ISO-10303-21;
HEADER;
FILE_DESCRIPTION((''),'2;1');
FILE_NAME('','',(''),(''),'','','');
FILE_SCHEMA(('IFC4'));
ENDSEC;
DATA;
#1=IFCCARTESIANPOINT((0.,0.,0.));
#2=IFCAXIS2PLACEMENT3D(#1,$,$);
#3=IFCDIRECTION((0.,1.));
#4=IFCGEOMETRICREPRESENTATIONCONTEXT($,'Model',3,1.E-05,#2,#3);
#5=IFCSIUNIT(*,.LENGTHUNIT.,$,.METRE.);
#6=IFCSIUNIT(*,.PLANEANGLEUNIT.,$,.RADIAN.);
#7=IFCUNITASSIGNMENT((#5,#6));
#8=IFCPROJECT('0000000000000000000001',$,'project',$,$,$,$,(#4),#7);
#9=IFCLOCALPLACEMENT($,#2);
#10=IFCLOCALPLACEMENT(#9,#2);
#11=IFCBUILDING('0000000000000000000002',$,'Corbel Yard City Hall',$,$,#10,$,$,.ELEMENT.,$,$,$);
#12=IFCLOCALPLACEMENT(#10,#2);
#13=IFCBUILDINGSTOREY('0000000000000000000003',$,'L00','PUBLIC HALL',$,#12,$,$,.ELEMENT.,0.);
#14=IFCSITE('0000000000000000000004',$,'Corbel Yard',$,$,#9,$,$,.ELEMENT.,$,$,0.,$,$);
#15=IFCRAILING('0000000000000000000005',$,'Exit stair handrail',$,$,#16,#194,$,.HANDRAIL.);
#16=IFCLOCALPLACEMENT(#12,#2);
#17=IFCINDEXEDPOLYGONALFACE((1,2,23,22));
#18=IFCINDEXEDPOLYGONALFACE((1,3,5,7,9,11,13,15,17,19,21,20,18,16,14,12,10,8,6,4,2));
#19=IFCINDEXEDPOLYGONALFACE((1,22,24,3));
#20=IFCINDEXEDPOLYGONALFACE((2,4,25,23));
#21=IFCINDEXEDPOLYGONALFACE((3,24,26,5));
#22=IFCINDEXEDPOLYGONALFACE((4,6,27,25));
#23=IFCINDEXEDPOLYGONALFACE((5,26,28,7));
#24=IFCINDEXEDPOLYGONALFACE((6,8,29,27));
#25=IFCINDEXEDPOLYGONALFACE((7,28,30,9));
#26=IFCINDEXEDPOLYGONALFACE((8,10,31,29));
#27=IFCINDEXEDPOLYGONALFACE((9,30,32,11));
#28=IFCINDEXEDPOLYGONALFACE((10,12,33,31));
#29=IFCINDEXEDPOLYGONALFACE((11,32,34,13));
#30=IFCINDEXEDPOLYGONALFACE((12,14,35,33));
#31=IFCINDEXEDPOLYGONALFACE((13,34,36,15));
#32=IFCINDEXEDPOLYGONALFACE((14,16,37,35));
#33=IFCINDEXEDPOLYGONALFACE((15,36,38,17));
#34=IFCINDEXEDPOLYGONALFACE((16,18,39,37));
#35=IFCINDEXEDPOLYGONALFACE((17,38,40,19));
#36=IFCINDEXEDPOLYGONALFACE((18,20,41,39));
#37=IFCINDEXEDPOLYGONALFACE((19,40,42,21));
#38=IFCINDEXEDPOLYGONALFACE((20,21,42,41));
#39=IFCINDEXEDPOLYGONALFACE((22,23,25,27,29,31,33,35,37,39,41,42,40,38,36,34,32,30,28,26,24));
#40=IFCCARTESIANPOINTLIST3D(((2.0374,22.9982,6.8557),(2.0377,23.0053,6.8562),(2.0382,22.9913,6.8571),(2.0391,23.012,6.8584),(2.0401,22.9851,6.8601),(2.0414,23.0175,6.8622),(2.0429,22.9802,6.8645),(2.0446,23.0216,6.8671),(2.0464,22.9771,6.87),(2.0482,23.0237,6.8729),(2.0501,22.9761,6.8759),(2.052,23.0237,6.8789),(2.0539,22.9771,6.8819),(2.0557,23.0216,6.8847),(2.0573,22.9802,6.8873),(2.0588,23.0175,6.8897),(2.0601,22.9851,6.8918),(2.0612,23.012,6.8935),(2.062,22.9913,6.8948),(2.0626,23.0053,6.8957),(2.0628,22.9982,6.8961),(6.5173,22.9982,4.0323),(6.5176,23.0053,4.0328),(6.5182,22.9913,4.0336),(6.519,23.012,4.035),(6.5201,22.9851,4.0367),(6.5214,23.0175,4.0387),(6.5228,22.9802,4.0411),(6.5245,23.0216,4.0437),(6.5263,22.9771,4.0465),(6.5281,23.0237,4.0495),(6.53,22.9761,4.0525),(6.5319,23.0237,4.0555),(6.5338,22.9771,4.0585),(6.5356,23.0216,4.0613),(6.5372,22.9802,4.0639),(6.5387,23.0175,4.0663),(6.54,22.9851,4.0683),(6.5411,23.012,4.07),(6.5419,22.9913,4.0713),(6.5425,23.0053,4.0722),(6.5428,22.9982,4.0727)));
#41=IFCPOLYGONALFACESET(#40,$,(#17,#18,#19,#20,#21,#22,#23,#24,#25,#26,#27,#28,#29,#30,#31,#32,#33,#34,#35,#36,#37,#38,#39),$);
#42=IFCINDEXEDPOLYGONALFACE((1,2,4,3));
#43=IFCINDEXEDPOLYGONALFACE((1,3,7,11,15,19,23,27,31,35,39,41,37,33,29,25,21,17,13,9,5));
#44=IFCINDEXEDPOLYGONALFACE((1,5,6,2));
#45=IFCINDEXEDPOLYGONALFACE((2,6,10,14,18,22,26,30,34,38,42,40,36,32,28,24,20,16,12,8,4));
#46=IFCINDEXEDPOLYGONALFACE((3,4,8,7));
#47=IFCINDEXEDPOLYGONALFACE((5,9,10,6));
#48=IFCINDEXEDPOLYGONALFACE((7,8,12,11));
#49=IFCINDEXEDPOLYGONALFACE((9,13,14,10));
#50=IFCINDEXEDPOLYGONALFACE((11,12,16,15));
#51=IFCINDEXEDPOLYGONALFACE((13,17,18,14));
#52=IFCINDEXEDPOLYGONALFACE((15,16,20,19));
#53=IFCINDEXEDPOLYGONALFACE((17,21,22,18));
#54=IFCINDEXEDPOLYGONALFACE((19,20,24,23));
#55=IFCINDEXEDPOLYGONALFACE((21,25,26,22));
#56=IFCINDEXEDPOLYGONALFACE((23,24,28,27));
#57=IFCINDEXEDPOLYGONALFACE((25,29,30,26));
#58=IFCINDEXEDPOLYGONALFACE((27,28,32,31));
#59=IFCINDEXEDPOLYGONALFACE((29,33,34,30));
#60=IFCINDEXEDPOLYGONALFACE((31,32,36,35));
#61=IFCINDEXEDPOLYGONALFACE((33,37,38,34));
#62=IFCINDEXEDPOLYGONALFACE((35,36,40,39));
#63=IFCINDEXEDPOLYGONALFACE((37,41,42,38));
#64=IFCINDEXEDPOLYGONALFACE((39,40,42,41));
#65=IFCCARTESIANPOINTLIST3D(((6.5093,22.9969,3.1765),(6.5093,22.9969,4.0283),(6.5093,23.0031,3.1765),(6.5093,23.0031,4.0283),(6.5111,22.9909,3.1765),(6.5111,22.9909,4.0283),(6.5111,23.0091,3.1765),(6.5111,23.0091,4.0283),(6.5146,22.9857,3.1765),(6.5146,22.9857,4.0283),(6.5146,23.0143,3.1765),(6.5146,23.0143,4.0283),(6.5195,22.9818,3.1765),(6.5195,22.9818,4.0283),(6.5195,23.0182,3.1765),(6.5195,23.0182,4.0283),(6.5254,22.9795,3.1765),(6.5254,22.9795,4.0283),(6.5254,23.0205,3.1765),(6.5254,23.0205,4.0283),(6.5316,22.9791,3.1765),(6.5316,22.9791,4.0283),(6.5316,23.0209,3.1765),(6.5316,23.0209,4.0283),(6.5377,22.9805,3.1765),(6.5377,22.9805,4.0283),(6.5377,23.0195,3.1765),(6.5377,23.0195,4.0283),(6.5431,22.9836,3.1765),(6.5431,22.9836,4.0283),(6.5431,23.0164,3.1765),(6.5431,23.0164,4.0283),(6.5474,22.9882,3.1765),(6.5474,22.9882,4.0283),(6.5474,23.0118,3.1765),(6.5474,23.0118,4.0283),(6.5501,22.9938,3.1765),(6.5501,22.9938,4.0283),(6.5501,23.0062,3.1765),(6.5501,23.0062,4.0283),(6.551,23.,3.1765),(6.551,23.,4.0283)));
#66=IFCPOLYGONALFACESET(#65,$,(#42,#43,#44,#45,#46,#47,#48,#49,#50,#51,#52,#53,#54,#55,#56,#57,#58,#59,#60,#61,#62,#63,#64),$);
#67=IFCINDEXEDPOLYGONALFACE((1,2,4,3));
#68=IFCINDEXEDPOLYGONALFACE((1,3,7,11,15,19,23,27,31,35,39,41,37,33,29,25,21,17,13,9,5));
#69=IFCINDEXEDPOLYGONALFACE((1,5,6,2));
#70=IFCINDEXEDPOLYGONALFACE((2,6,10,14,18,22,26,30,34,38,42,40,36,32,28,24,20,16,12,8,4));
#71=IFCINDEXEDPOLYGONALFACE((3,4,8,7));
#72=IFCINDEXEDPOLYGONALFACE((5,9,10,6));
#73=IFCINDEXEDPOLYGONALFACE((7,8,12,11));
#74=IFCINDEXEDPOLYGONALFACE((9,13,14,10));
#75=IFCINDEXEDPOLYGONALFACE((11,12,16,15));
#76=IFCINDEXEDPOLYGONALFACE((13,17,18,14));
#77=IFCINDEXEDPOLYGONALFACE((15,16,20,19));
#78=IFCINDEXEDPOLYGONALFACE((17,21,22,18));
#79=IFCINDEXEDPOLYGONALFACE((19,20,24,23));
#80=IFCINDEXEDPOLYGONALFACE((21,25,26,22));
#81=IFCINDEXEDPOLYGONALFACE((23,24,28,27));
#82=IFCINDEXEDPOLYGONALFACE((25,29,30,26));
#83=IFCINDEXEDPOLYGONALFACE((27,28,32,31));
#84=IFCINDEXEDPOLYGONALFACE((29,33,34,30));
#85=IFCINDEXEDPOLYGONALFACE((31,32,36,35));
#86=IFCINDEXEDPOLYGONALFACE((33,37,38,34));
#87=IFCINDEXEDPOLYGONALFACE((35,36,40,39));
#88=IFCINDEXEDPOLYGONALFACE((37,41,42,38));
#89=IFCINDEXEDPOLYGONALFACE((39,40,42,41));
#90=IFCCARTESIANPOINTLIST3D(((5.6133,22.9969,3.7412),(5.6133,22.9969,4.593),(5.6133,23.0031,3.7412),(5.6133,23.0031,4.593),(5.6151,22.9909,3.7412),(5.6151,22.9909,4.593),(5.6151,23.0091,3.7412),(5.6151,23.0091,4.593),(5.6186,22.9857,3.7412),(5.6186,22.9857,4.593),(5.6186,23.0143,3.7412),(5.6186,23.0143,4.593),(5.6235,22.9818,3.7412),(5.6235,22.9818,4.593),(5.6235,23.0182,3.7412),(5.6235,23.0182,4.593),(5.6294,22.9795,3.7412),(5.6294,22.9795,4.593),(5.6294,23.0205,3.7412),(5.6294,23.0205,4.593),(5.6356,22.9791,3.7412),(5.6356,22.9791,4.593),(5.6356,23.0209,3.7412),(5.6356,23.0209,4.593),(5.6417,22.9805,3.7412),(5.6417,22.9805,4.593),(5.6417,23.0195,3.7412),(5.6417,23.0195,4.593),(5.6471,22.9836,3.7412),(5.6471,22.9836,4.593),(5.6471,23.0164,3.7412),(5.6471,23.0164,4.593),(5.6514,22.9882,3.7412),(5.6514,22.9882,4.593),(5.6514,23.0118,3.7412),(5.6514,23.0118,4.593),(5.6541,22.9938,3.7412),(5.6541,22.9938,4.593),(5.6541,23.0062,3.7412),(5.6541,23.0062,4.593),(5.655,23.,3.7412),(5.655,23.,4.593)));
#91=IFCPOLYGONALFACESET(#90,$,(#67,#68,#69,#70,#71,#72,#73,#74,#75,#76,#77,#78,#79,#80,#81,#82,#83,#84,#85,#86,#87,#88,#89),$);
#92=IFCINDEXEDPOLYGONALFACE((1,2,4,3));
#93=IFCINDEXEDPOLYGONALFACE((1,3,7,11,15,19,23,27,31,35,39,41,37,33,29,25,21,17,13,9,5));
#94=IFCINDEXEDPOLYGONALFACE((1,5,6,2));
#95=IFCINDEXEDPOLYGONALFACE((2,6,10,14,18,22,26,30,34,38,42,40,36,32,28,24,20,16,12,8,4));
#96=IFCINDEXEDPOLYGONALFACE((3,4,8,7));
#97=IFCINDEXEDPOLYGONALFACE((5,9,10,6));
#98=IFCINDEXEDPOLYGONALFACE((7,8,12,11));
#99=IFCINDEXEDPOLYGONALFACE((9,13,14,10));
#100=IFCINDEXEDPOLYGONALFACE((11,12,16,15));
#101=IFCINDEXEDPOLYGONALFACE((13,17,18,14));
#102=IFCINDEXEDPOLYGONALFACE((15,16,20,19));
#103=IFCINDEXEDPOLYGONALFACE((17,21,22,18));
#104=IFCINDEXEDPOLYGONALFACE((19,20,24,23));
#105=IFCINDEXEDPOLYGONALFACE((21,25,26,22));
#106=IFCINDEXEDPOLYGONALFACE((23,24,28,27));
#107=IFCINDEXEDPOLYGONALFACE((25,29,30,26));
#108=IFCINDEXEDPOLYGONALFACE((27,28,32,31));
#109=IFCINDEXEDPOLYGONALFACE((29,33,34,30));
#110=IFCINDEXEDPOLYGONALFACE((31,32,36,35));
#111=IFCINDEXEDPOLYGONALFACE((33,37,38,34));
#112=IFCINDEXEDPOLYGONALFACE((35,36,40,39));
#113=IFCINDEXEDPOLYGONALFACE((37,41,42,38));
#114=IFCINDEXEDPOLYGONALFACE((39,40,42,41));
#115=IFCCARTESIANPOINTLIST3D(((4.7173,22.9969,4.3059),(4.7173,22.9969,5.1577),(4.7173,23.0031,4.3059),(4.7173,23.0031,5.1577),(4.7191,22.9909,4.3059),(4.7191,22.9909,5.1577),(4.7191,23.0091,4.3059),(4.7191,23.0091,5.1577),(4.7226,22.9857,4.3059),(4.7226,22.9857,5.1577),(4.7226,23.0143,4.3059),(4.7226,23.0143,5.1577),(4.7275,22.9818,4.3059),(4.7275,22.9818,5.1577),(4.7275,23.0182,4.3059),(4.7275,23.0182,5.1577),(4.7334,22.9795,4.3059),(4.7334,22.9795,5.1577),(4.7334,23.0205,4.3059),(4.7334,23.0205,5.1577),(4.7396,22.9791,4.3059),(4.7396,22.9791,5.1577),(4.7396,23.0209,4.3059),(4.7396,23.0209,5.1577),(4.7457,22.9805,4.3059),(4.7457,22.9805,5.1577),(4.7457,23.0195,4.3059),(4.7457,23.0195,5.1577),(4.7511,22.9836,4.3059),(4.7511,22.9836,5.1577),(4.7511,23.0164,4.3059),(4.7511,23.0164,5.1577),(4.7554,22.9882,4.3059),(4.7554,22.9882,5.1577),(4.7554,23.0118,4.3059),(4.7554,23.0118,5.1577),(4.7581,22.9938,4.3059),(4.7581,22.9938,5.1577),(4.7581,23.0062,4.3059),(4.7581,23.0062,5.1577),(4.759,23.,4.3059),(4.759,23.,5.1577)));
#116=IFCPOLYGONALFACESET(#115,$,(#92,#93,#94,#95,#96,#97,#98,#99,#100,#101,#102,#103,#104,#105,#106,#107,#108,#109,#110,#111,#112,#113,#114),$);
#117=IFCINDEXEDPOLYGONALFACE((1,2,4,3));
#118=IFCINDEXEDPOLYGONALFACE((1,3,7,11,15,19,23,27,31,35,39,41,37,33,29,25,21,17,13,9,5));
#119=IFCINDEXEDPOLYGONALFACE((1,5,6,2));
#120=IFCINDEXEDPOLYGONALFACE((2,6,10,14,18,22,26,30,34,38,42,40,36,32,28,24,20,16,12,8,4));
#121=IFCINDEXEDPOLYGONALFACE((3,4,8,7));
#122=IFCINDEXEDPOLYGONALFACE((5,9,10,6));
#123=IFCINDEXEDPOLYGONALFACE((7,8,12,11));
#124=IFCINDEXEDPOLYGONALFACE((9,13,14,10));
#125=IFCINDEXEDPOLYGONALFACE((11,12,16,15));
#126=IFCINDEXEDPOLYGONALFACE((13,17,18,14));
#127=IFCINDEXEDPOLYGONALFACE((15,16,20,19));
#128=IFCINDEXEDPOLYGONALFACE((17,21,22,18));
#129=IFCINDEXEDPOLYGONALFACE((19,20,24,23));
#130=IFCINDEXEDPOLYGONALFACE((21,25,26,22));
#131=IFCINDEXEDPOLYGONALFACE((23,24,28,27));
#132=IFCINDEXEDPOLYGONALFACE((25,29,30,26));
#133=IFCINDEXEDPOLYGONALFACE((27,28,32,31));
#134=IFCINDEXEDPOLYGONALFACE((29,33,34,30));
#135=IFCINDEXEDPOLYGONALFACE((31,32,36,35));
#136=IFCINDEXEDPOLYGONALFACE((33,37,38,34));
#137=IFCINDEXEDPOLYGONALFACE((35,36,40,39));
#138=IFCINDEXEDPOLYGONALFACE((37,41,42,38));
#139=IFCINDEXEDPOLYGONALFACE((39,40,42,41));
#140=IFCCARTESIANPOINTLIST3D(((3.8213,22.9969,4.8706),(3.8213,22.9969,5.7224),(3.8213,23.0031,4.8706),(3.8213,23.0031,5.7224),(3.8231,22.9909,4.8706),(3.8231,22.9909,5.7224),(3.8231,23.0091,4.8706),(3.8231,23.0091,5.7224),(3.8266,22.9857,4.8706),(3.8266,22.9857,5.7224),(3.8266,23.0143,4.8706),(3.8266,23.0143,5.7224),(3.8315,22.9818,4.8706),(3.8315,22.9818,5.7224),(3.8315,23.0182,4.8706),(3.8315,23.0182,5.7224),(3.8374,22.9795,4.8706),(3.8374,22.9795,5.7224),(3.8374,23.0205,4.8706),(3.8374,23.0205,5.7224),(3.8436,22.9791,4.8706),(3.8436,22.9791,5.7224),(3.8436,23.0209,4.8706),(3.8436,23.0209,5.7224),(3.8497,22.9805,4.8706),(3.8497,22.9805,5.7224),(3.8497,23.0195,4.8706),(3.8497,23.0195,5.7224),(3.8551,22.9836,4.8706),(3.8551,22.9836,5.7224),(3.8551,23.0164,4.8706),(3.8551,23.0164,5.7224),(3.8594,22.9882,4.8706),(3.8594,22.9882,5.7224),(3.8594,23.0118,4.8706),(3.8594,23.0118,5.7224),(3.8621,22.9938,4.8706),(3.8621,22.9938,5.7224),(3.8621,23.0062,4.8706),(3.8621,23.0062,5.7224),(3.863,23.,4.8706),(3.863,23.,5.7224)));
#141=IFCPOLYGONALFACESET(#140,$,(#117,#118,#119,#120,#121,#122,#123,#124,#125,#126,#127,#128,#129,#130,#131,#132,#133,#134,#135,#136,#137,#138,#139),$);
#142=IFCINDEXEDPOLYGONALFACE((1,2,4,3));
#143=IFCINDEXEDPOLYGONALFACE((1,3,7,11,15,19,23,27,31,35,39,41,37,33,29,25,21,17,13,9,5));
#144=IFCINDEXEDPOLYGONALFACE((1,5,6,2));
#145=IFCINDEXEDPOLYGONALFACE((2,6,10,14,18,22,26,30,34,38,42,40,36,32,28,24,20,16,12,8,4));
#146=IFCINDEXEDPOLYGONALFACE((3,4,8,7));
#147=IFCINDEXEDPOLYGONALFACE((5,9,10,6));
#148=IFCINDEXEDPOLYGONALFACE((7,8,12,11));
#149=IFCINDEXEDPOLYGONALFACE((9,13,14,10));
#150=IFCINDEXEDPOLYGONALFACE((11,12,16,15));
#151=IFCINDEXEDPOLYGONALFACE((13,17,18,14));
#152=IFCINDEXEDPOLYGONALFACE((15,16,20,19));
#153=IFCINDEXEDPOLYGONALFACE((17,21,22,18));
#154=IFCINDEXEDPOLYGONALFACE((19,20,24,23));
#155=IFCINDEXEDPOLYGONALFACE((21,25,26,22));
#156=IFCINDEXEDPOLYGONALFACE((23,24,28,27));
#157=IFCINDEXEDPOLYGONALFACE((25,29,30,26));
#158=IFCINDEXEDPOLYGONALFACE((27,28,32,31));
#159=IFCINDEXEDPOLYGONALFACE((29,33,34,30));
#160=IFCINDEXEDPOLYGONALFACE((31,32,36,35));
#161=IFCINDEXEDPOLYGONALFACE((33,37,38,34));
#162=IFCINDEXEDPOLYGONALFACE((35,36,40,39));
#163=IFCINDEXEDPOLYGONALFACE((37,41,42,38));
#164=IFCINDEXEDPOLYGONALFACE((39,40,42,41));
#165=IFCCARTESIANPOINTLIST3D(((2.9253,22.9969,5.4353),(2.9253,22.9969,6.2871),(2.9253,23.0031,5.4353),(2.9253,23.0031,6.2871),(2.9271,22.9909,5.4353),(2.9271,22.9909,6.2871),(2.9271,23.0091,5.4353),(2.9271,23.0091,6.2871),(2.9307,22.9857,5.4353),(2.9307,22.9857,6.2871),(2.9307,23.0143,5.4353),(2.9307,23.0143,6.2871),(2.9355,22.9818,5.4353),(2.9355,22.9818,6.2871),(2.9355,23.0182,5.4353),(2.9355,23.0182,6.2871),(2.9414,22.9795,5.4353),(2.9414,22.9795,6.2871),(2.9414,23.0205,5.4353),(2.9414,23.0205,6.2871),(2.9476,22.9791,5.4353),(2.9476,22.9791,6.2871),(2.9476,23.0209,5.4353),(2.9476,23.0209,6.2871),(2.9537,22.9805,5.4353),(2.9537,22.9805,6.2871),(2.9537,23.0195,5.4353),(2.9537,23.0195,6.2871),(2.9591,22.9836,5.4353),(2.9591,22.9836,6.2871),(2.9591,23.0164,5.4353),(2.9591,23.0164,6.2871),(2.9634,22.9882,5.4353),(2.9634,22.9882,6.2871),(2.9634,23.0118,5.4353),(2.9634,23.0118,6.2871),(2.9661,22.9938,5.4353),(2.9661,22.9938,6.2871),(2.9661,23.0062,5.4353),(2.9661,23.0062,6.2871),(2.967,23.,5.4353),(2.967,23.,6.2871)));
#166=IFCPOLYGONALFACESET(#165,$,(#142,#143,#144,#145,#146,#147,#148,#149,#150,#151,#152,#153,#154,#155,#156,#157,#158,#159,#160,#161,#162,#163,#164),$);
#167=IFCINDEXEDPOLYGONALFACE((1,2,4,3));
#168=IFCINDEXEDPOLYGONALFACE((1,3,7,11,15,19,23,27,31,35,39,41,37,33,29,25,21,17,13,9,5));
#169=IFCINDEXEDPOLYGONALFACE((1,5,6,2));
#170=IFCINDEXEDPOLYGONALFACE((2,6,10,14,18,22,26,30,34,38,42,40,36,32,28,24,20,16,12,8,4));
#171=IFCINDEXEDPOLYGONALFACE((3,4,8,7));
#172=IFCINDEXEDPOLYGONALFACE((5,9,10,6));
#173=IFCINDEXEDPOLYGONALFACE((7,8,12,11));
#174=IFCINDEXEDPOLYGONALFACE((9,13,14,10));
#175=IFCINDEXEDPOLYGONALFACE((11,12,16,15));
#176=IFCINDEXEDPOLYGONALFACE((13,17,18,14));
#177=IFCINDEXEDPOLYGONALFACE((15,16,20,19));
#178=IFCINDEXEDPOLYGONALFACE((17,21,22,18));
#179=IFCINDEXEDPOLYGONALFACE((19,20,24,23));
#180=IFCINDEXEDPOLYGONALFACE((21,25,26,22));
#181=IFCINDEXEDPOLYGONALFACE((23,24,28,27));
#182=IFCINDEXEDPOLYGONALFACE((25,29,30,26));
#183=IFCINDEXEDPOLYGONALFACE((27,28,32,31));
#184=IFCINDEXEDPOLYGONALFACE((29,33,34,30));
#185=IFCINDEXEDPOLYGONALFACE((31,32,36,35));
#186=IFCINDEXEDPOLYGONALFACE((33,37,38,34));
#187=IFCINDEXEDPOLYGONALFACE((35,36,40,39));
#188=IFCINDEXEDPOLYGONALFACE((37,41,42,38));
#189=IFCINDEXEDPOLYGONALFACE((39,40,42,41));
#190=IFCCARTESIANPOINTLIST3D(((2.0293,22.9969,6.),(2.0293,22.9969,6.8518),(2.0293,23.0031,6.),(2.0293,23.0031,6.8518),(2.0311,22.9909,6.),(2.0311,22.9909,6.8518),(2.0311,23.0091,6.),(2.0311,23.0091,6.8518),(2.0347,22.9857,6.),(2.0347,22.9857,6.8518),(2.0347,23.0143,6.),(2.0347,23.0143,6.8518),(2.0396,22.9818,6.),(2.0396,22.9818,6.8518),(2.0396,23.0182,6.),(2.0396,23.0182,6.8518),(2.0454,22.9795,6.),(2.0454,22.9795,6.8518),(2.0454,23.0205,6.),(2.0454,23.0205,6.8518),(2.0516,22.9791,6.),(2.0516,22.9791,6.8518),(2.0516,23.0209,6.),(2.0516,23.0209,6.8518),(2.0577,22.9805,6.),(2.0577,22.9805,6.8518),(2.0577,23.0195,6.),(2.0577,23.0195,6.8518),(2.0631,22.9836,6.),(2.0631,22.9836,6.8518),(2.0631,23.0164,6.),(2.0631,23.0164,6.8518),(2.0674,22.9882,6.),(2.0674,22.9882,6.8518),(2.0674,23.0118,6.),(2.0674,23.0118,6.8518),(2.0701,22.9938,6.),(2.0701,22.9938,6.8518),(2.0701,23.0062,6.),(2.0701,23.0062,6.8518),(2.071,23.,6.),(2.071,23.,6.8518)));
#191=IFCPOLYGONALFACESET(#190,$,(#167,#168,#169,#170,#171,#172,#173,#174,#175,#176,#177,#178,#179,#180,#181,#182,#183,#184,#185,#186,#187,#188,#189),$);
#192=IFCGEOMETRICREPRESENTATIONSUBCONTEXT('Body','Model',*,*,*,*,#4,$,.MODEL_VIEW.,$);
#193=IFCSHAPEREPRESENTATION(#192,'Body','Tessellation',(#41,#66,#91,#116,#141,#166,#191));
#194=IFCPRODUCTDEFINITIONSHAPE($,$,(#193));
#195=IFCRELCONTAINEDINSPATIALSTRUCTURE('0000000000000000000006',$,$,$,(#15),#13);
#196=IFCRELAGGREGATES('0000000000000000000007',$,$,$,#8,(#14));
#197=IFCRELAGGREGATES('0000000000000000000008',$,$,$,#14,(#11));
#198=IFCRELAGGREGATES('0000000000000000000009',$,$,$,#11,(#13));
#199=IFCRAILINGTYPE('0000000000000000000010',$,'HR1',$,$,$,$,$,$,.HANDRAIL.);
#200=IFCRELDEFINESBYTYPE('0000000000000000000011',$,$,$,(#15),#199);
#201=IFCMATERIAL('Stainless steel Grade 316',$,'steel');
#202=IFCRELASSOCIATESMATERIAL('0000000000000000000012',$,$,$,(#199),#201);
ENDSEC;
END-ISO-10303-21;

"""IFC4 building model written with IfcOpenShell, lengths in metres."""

from ifc_helpers import new_model, si_unit, direction, frame, origin, origin_2d, place, context, subcontext, project, spatial, circle, extrude, material, type_object, element, save


model = new_model("IFC4")

# Units and contexts
model_context = context("Model", 3, precision=1e-05, world=origin(), true_north=direction((0.0, 1.0)))
body_context = subcontext(model_context, "Body", "Model", "MODEL_VIEW")
ifc_project = project(units=[si_unit("LENGTHUNIT", "METRE"), si_unit("PLANEANGLEUNIT", "RADIAN")], contexts=[model_context])

# Site, building, storey
site_placement = place(None, origin())
site = spatial("IfcSite", under=ifc_project, at=site_placement, Name="Corbel Yard", CompositionType="ELEMENT", RefElevation=0.0)
building_placement = place(site_placement, origin())
building = spatial("IfcBuilding", under=site, at=building_placement, Name="Corbel Yard City Hall", CompositionType="ELEMENT")
storey_placement = place(building_placement, origin())
storey = spatial("IfcBuildingStorey", under=building, at=storey_placement, Name="L00", Description="PUBLIC HALL", CompositionType="ELEMENT", Elevation=0.0)

# Railing
ifc_material_1 = material(Name="Stainless steel Grade 316", Category="steel")
railing_type = type_object("IfcRailingType", Name="HR1", PredefinedType="HANDRAIL", material=ifc_material_1)
railing_placement = place(storey_placement, frame((6.53, 23.0, 3.1765)))
element("IfcRailing", 1, at=railing_placement, inside=storey, type_object=railing_type, Name="Exit stair handrail", PredefinedType="HANDRAIL", context=body_context, shape_type="SweptSolid", body=[
    extrude(circle(Radius=0.0239, at=origin_2d()), frame((0.0, 0.0, 0.876), z_axis=(-0.845998, 0.0, 0.533186), x_axis=(0.0, -1.0, 0.0)), (0.0, 0.0, 1.0), 5.2954),
    extrude(circle(Radius=0.021, at=origin_2d()), origin(), (0.0, 0.0, 1.0), 0.8518),
    extrude(circle(Radius=0.021, at=origin_2d()), frame((-0.896, 0.0, 0.5647)), (0.0, 0.0, 1.0), 0.8518),
    extrude(circle(Radius=0.021, at=origin_2d()), frame((-1.792, 0.0, 1.1294)), (0.0, 0.0, 1.0), 0.8518),
    extrude(circle(Radius=0.021, at=origin_2d()), frame((-2.688, 0.0, 1.6941)), (0.0, 0.0, 1.0), 0.8518),
    extrude(circle(Radius=0.021, at=origin_2d()), frame((-3.584, 0.0, 2.2588)), (0.0, 0.0, 1.0), 0.8518),
    extrude(circle(Radius=0.021, at=origin_2d()), frame((-4.48, 0.0, 2.8235)), (0.0, 0.0, 1.0), 0.8518),
])

save(model, "model.ifc")
